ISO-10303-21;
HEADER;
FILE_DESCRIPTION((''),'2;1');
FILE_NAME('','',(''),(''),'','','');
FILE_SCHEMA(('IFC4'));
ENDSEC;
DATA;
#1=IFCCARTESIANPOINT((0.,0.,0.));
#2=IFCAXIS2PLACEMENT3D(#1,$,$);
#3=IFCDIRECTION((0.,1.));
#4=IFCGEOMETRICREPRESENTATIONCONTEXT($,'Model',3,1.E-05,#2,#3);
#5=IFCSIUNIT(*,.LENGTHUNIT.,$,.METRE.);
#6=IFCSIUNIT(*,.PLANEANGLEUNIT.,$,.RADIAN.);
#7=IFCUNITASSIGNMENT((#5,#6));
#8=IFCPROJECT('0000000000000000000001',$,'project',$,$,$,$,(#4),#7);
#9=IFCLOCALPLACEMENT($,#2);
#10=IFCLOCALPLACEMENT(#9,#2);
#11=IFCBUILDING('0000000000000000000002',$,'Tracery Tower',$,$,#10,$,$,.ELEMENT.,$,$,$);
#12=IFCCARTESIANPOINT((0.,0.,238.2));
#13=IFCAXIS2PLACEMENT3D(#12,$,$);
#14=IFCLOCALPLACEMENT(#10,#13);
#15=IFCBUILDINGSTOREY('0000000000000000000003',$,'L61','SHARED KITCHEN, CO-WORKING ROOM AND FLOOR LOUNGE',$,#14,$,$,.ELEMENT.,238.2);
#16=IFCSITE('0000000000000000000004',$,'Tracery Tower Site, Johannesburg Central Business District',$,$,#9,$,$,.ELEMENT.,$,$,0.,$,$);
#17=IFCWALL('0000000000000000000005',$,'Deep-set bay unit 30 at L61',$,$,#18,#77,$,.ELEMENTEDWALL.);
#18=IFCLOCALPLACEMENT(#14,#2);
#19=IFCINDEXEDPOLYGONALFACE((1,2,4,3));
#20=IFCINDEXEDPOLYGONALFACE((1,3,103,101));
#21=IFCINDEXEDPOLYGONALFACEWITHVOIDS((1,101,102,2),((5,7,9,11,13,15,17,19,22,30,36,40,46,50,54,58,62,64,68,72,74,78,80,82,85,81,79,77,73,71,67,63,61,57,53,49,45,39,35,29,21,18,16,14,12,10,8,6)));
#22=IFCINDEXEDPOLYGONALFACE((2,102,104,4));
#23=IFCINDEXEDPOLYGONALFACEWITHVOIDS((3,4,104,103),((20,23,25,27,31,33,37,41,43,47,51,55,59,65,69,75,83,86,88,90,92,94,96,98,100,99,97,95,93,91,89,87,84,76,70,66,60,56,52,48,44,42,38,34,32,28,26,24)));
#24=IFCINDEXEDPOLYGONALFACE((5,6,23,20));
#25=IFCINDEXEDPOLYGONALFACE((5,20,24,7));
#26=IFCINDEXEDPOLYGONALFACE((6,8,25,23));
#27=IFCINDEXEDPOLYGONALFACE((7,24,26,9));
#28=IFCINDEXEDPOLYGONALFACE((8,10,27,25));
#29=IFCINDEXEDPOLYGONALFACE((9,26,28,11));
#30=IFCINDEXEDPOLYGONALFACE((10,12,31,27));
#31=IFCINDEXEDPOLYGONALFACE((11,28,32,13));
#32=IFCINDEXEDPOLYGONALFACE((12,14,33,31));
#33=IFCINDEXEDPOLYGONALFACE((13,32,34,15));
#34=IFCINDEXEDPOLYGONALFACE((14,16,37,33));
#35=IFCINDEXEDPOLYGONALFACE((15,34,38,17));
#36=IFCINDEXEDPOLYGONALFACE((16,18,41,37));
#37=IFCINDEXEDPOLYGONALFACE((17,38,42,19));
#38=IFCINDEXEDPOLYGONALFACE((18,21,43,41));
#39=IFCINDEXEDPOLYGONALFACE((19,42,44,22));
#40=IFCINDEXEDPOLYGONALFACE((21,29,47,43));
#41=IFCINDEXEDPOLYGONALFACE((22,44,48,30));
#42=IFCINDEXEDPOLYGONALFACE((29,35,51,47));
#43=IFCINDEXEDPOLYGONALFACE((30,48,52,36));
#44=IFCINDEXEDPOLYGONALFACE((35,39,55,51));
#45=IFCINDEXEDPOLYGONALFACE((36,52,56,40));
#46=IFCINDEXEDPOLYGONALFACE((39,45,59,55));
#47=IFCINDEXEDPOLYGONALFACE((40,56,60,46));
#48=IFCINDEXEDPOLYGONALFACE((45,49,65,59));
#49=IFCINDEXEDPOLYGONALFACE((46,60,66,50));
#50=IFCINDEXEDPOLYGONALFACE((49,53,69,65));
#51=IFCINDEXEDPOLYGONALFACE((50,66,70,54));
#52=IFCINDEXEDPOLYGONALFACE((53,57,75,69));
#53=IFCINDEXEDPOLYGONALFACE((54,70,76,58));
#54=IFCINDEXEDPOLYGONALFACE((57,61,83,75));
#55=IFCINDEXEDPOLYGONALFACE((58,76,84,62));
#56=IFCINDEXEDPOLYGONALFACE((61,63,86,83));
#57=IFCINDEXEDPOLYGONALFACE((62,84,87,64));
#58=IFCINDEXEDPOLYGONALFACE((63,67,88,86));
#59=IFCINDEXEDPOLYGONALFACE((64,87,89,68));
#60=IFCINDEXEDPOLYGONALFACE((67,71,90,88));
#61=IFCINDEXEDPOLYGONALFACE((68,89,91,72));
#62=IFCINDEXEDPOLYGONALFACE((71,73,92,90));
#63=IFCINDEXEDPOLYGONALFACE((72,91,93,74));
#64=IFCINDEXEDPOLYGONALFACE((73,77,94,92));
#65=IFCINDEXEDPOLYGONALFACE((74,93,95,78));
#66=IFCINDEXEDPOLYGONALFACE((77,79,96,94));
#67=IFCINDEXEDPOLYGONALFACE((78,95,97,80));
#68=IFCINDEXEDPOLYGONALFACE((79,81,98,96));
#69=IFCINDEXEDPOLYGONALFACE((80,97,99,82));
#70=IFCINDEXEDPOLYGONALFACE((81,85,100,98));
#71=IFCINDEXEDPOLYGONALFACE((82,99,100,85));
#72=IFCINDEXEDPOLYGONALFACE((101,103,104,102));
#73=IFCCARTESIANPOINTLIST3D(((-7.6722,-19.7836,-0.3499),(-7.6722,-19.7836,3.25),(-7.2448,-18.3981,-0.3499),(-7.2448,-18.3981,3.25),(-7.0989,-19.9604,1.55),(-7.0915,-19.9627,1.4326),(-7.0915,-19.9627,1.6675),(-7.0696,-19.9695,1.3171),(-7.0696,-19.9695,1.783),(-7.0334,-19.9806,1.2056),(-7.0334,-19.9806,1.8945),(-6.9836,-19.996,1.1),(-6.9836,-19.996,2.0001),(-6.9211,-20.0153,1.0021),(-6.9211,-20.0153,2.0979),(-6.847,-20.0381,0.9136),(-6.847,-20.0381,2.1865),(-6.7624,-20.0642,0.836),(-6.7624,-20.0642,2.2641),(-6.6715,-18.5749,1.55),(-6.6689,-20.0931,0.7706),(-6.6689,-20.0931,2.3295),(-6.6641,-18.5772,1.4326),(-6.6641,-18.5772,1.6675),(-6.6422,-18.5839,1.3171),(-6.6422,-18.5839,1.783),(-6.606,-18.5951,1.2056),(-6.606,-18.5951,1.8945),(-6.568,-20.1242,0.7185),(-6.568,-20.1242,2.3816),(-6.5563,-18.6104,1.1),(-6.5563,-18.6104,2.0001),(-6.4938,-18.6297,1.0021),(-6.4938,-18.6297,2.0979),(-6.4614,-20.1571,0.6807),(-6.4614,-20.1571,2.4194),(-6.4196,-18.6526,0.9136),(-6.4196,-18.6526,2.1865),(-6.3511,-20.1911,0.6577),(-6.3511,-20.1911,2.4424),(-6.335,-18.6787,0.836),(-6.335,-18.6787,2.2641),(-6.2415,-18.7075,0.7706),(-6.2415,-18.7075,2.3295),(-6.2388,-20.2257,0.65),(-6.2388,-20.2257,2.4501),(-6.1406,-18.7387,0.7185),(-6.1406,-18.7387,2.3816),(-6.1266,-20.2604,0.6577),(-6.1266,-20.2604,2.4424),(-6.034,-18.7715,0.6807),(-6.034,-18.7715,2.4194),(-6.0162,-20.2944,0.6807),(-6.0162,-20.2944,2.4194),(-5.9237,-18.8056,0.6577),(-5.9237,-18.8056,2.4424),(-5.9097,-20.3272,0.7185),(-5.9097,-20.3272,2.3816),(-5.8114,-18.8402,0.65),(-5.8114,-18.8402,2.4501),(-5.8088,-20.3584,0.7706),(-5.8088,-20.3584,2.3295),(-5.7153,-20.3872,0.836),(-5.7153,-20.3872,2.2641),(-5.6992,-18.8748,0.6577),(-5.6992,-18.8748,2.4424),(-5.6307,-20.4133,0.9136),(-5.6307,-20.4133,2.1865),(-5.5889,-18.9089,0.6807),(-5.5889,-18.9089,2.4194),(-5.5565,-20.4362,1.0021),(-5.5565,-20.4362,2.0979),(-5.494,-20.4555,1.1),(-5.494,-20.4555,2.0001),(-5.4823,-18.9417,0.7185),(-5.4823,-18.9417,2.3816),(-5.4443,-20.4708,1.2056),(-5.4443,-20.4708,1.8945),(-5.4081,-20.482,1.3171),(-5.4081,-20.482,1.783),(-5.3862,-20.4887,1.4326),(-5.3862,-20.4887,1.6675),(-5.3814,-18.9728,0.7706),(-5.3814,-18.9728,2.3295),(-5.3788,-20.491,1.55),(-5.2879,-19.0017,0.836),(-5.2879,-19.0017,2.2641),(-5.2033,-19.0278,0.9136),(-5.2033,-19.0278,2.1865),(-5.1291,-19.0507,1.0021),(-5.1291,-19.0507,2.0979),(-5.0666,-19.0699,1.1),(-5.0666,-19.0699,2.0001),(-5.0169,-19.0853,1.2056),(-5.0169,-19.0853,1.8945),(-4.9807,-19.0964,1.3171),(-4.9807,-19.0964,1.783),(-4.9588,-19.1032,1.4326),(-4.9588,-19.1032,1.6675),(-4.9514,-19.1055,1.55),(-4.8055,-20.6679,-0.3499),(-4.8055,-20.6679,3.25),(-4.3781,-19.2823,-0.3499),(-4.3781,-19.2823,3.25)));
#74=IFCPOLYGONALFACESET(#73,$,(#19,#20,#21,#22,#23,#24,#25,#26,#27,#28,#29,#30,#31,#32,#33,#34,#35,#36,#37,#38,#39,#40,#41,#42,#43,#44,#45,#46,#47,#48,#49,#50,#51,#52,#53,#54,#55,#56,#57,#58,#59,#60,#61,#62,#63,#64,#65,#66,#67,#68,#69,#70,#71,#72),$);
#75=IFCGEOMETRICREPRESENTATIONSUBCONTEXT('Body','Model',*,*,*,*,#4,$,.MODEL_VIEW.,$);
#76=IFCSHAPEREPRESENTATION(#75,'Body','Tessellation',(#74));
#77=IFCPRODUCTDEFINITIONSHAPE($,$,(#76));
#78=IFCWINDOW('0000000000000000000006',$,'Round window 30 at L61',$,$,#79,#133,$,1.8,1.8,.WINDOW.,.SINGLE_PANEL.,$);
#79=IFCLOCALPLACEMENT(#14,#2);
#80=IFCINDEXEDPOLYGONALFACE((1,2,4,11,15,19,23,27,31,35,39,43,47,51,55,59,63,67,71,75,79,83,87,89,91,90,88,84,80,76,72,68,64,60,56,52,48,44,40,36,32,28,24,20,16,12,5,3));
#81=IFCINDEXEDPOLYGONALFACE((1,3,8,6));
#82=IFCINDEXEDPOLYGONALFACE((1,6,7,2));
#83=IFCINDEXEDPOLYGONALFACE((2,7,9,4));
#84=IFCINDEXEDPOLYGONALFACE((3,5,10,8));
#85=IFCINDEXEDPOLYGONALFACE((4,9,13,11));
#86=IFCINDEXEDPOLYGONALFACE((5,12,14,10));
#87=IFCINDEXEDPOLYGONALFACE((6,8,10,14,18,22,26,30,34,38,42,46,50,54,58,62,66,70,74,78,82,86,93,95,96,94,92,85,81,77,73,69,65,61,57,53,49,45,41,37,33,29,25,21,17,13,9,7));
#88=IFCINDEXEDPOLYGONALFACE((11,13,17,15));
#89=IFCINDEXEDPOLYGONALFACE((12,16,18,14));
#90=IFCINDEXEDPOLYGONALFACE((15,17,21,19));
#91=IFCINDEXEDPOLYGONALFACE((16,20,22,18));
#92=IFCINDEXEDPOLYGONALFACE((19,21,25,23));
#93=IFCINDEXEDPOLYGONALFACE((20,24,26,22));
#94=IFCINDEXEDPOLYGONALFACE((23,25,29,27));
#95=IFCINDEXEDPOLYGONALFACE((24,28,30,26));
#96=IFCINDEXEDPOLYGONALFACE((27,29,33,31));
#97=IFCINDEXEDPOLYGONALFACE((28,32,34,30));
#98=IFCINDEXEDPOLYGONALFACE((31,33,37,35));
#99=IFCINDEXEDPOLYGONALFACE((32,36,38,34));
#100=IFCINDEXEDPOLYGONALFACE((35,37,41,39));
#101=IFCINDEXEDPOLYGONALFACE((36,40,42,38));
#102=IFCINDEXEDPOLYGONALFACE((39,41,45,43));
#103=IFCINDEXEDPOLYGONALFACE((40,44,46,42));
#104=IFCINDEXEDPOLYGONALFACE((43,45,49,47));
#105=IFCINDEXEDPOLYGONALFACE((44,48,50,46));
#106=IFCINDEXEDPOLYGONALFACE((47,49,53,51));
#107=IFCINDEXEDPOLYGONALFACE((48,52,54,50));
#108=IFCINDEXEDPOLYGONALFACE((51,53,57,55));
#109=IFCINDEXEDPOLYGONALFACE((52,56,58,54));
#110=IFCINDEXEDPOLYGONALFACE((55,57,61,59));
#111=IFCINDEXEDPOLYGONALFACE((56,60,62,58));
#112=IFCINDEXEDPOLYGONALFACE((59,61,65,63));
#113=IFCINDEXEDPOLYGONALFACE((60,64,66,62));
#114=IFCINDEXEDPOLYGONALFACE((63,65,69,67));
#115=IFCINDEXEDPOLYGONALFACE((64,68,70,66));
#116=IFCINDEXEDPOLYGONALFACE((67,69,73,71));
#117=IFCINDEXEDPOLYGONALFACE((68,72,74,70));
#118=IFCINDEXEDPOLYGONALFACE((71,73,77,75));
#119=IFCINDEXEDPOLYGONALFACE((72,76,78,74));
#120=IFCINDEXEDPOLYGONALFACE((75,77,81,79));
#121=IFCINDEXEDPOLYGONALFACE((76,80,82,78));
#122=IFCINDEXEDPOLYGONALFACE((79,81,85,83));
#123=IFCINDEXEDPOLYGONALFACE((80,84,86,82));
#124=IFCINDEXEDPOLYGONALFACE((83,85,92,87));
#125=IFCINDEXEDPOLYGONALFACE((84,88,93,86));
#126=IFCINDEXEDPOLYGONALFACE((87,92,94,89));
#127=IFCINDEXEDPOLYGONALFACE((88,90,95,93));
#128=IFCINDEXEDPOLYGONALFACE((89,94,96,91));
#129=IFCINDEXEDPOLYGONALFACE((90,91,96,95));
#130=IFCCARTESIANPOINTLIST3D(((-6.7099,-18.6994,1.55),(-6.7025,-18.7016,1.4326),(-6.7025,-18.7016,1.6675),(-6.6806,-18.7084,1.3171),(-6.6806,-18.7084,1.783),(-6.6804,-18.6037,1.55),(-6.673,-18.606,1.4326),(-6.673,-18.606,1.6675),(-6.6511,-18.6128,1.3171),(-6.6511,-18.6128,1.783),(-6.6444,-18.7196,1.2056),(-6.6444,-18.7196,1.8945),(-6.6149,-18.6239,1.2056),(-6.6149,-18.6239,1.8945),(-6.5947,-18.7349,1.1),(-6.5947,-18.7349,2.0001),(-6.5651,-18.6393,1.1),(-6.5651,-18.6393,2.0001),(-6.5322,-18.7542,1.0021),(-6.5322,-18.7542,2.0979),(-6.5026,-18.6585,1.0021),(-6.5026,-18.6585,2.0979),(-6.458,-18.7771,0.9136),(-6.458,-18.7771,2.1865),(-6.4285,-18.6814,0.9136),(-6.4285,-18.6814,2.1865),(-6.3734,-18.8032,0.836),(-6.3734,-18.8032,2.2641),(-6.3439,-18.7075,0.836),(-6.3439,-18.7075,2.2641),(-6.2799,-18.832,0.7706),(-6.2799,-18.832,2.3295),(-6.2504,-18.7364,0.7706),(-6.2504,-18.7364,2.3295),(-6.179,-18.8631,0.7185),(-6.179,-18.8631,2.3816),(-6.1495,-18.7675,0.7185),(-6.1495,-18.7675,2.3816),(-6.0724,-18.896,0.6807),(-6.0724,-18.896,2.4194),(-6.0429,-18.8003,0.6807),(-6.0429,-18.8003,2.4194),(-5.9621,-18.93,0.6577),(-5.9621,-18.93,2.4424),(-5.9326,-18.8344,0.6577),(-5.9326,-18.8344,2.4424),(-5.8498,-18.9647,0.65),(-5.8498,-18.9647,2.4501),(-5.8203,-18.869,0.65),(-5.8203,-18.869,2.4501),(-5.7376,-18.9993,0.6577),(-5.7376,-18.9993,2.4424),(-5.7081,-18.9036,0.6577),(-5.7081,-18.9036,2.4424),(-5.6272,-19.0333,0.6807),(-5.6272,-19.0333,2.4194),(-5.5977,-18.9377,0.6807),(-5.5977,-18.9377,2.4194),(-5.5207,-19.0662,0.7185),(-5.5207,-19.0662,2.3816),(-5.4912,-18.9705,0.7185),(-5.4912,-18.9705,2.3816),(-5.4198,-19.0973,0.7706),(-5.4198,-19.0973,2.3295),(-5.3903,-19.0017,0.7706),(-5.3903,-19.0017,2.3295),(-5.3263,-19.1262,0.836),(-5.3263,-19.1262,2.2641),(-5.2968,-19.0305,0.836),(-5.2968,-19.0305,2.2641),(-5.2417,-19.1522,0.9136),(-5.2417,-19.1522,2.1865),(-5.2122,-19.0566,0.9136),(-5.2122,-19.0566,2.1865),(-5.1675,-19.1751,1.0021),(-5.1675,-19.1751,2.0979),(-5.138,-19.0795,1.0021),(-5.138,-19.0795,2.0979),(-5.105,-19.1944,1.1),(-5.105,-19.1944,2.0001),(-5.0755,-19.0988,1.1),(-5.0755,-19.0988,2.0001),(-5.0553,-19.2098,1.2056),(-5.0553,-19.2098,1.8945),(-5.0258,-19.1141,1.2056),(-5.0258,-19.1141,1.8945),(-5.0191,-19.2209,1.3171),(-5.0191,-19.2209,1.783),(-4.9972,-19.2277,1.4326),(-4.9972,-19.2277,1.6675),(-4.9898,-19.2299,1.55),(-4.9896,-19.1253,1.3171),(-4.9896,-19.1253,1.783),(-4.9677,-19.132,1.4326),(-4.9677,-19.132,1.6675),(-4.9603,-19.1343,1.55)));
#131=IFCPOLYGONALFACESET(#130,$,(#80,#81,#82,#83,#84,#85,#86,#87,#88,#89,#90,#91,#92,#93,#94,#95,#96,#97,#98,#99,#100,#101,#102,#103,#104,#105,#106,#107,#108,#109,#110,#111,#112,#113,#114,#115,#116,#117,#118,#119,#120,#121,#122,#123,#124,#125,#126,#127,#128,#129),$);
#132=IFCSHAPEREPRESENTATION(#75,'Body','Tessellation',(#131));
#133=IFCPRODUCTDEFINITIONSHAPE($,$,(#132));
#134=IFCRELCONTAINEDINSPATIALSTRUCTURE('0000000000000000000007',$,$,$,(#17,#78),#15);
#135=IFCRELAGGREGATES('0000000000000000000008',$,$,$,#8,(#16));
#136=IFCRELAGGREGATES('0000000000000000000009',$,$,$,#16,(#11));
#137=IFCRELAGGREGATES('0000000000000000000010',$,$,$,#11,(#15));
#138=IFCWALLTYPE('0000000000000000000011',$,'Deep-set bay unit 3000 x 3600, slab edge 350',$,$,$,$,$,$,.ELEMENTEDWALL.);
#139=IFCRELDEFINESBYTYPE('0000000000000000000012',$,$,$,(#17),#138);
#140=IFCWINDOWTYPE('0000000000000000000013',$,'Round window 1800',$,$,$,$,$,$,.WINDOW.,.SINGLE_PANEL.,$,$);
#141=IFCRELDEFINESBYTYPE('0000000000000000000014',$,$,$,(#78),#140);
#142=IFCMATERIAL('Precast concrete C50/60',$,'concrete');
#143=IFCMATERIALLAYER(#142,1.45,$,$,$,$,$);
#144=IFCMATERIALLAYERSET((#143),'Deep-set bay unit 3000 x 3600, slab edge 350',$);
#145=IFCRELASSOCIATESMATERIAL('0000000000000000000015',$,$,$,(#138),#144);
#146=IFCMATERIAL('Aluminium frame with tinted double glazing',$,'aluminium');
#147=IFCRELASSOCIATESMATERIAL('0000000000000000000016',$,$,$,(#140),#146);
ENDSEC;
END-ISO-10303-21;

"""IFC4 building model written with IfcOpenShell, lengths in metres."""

from ifc_helpers import new_model, si_unit, direction, frame, frame_2d, origin, origin_2d, place, context, subcontext, project, spatial, rectangle, circle, extrude, material, layer, layer_set, type_object, element, fill, save


model = new_model("IFC4")

# Units and contexts
model_context = context("Model", 3, precision=1e-05, world=origin(), true_north=direction((0.0, 1.0)))
body_context = subcontext(model_context, "Body", "Model", "MODEL_VIEW")
ifc_project = project(units=[si_unit("LENGTHUNIT", "METRE"), si_unit("PLANEANGLEUNIT", "RADIAN")], contexts=[model_context])

# Site, building, storey
site_placement = place(None, origin())
site = spatial("IfcSite", under=ifc_project, at=site_placement, Name="Tracery Tower Site, Johannesburg Central Business District", CompositionType="ELEMENT", RefElevation=0.0)
building_placement = place(site_placement, origin())
building = spatial("IfcBuilding", under=site, at=building_placement, Name="Tracery Tower", CompositionType="ELEMENT")
storey_placement = place(building_placement, frame((0.0, 0.0, 238.2)))
storey = spatial("IfcBuildingStorey", under=building, at=storey_placement, Name="L61", Description="SHARED KITCHEN, CO-WORKING ROOM AND FLOOR LOUNGE", CompositionType="ELEMENT", Elevation=238.2)

# Wall, opening, window
ifc_material_1 = material(Name="Precast concrete C50/60", Category="concrete")
ifc_layer_1 = layer(ifc_material_1, 1.45)
ifc_layer_set_1 = layer_set([ifc_layer_1], Name="Deep-set bay unit 3000 x 3600, slab edge 350")
wall_type_1 = type_object("IfcWallType", Name="Deep-set bay unit 3000 x 3600, slab edge 350", PredefinedType="ELEMENTEDWALL", material=ifc_layer_set_1)
wall_1_placement = place(storey_placement, frame((-7.4585, -19.0908, -0.3499), z_axis=(0.0, 0.0, 1.0), x_axis=(0.955571, -0.294761, 0.0)))
wall_1 = element("IfcWall", 1, at=wall_1_placement, inside=storey, type_object=wall_type_1, Name="Deep-set bay unit 30 at L61", PredefinedType="ELEMENTEDWALL", context=body_context, shape_type="SweptSolid", body=[
    extrude(rectangle(XDim=3.0, YDim=1.45, at=frame_2d((1.5, 0.0))), origin(), (0.0, 0.0, 1.0), 3.5999),
])
opening_1_placement = place(wall_1_placement, frame((1.5, 0.0, 1.8999)))
opening_1 = element("IfcOpeningElement", 2, at=opening_1_placement, cuts=wall_1, PredefinedType="OPENING", context=body_context, shape_type="SweptSolid", body=[
    extrude(circle(Radius=0.9, at=origin_2d()), frame((0.0, 0.7349, 0.0), z_axis=(0.0, -1.0, 0.0), x_axis=(1.0, 0.0, 0.0)), (0.0, 0.0, 1.0), 1.47),
])
ifc_material_2 = material(Name="Aluminium frame with tinted double glazing", Category="aluminium")
window_type = type_object("IfcWindowType", Name="Round window 1800", PartitioningType="SINGLE_PANEL", PredefinedType="WINDOW", material=ifc_material_2)
window_1_placement = place(opening_1_placement, origin())
window_1 = element("IfcWindow", 3, at=window_1_placement, inside=storey, type_object=window_type, Name="Round window 30 at L61", OverallHeight=1.8, OverallWidth=1.8, PartitioningType="SINGLE_PANEL", PredefinedType="WINDOW", context=body_context, shape_type="SweptSolid", body=[
    extrude(circle(Radius=0.9, at=origin_2d()), frame((0.0, 0.6948, 0.0), z_axis=(0.0, -1.0, 0.0), x_axis=(1.0, 0.0, 0.0)), (0.0, 0.0, 1.0), 0.1001),
])
fill(opening_1, window_1)

save(model, "model.ifc")
